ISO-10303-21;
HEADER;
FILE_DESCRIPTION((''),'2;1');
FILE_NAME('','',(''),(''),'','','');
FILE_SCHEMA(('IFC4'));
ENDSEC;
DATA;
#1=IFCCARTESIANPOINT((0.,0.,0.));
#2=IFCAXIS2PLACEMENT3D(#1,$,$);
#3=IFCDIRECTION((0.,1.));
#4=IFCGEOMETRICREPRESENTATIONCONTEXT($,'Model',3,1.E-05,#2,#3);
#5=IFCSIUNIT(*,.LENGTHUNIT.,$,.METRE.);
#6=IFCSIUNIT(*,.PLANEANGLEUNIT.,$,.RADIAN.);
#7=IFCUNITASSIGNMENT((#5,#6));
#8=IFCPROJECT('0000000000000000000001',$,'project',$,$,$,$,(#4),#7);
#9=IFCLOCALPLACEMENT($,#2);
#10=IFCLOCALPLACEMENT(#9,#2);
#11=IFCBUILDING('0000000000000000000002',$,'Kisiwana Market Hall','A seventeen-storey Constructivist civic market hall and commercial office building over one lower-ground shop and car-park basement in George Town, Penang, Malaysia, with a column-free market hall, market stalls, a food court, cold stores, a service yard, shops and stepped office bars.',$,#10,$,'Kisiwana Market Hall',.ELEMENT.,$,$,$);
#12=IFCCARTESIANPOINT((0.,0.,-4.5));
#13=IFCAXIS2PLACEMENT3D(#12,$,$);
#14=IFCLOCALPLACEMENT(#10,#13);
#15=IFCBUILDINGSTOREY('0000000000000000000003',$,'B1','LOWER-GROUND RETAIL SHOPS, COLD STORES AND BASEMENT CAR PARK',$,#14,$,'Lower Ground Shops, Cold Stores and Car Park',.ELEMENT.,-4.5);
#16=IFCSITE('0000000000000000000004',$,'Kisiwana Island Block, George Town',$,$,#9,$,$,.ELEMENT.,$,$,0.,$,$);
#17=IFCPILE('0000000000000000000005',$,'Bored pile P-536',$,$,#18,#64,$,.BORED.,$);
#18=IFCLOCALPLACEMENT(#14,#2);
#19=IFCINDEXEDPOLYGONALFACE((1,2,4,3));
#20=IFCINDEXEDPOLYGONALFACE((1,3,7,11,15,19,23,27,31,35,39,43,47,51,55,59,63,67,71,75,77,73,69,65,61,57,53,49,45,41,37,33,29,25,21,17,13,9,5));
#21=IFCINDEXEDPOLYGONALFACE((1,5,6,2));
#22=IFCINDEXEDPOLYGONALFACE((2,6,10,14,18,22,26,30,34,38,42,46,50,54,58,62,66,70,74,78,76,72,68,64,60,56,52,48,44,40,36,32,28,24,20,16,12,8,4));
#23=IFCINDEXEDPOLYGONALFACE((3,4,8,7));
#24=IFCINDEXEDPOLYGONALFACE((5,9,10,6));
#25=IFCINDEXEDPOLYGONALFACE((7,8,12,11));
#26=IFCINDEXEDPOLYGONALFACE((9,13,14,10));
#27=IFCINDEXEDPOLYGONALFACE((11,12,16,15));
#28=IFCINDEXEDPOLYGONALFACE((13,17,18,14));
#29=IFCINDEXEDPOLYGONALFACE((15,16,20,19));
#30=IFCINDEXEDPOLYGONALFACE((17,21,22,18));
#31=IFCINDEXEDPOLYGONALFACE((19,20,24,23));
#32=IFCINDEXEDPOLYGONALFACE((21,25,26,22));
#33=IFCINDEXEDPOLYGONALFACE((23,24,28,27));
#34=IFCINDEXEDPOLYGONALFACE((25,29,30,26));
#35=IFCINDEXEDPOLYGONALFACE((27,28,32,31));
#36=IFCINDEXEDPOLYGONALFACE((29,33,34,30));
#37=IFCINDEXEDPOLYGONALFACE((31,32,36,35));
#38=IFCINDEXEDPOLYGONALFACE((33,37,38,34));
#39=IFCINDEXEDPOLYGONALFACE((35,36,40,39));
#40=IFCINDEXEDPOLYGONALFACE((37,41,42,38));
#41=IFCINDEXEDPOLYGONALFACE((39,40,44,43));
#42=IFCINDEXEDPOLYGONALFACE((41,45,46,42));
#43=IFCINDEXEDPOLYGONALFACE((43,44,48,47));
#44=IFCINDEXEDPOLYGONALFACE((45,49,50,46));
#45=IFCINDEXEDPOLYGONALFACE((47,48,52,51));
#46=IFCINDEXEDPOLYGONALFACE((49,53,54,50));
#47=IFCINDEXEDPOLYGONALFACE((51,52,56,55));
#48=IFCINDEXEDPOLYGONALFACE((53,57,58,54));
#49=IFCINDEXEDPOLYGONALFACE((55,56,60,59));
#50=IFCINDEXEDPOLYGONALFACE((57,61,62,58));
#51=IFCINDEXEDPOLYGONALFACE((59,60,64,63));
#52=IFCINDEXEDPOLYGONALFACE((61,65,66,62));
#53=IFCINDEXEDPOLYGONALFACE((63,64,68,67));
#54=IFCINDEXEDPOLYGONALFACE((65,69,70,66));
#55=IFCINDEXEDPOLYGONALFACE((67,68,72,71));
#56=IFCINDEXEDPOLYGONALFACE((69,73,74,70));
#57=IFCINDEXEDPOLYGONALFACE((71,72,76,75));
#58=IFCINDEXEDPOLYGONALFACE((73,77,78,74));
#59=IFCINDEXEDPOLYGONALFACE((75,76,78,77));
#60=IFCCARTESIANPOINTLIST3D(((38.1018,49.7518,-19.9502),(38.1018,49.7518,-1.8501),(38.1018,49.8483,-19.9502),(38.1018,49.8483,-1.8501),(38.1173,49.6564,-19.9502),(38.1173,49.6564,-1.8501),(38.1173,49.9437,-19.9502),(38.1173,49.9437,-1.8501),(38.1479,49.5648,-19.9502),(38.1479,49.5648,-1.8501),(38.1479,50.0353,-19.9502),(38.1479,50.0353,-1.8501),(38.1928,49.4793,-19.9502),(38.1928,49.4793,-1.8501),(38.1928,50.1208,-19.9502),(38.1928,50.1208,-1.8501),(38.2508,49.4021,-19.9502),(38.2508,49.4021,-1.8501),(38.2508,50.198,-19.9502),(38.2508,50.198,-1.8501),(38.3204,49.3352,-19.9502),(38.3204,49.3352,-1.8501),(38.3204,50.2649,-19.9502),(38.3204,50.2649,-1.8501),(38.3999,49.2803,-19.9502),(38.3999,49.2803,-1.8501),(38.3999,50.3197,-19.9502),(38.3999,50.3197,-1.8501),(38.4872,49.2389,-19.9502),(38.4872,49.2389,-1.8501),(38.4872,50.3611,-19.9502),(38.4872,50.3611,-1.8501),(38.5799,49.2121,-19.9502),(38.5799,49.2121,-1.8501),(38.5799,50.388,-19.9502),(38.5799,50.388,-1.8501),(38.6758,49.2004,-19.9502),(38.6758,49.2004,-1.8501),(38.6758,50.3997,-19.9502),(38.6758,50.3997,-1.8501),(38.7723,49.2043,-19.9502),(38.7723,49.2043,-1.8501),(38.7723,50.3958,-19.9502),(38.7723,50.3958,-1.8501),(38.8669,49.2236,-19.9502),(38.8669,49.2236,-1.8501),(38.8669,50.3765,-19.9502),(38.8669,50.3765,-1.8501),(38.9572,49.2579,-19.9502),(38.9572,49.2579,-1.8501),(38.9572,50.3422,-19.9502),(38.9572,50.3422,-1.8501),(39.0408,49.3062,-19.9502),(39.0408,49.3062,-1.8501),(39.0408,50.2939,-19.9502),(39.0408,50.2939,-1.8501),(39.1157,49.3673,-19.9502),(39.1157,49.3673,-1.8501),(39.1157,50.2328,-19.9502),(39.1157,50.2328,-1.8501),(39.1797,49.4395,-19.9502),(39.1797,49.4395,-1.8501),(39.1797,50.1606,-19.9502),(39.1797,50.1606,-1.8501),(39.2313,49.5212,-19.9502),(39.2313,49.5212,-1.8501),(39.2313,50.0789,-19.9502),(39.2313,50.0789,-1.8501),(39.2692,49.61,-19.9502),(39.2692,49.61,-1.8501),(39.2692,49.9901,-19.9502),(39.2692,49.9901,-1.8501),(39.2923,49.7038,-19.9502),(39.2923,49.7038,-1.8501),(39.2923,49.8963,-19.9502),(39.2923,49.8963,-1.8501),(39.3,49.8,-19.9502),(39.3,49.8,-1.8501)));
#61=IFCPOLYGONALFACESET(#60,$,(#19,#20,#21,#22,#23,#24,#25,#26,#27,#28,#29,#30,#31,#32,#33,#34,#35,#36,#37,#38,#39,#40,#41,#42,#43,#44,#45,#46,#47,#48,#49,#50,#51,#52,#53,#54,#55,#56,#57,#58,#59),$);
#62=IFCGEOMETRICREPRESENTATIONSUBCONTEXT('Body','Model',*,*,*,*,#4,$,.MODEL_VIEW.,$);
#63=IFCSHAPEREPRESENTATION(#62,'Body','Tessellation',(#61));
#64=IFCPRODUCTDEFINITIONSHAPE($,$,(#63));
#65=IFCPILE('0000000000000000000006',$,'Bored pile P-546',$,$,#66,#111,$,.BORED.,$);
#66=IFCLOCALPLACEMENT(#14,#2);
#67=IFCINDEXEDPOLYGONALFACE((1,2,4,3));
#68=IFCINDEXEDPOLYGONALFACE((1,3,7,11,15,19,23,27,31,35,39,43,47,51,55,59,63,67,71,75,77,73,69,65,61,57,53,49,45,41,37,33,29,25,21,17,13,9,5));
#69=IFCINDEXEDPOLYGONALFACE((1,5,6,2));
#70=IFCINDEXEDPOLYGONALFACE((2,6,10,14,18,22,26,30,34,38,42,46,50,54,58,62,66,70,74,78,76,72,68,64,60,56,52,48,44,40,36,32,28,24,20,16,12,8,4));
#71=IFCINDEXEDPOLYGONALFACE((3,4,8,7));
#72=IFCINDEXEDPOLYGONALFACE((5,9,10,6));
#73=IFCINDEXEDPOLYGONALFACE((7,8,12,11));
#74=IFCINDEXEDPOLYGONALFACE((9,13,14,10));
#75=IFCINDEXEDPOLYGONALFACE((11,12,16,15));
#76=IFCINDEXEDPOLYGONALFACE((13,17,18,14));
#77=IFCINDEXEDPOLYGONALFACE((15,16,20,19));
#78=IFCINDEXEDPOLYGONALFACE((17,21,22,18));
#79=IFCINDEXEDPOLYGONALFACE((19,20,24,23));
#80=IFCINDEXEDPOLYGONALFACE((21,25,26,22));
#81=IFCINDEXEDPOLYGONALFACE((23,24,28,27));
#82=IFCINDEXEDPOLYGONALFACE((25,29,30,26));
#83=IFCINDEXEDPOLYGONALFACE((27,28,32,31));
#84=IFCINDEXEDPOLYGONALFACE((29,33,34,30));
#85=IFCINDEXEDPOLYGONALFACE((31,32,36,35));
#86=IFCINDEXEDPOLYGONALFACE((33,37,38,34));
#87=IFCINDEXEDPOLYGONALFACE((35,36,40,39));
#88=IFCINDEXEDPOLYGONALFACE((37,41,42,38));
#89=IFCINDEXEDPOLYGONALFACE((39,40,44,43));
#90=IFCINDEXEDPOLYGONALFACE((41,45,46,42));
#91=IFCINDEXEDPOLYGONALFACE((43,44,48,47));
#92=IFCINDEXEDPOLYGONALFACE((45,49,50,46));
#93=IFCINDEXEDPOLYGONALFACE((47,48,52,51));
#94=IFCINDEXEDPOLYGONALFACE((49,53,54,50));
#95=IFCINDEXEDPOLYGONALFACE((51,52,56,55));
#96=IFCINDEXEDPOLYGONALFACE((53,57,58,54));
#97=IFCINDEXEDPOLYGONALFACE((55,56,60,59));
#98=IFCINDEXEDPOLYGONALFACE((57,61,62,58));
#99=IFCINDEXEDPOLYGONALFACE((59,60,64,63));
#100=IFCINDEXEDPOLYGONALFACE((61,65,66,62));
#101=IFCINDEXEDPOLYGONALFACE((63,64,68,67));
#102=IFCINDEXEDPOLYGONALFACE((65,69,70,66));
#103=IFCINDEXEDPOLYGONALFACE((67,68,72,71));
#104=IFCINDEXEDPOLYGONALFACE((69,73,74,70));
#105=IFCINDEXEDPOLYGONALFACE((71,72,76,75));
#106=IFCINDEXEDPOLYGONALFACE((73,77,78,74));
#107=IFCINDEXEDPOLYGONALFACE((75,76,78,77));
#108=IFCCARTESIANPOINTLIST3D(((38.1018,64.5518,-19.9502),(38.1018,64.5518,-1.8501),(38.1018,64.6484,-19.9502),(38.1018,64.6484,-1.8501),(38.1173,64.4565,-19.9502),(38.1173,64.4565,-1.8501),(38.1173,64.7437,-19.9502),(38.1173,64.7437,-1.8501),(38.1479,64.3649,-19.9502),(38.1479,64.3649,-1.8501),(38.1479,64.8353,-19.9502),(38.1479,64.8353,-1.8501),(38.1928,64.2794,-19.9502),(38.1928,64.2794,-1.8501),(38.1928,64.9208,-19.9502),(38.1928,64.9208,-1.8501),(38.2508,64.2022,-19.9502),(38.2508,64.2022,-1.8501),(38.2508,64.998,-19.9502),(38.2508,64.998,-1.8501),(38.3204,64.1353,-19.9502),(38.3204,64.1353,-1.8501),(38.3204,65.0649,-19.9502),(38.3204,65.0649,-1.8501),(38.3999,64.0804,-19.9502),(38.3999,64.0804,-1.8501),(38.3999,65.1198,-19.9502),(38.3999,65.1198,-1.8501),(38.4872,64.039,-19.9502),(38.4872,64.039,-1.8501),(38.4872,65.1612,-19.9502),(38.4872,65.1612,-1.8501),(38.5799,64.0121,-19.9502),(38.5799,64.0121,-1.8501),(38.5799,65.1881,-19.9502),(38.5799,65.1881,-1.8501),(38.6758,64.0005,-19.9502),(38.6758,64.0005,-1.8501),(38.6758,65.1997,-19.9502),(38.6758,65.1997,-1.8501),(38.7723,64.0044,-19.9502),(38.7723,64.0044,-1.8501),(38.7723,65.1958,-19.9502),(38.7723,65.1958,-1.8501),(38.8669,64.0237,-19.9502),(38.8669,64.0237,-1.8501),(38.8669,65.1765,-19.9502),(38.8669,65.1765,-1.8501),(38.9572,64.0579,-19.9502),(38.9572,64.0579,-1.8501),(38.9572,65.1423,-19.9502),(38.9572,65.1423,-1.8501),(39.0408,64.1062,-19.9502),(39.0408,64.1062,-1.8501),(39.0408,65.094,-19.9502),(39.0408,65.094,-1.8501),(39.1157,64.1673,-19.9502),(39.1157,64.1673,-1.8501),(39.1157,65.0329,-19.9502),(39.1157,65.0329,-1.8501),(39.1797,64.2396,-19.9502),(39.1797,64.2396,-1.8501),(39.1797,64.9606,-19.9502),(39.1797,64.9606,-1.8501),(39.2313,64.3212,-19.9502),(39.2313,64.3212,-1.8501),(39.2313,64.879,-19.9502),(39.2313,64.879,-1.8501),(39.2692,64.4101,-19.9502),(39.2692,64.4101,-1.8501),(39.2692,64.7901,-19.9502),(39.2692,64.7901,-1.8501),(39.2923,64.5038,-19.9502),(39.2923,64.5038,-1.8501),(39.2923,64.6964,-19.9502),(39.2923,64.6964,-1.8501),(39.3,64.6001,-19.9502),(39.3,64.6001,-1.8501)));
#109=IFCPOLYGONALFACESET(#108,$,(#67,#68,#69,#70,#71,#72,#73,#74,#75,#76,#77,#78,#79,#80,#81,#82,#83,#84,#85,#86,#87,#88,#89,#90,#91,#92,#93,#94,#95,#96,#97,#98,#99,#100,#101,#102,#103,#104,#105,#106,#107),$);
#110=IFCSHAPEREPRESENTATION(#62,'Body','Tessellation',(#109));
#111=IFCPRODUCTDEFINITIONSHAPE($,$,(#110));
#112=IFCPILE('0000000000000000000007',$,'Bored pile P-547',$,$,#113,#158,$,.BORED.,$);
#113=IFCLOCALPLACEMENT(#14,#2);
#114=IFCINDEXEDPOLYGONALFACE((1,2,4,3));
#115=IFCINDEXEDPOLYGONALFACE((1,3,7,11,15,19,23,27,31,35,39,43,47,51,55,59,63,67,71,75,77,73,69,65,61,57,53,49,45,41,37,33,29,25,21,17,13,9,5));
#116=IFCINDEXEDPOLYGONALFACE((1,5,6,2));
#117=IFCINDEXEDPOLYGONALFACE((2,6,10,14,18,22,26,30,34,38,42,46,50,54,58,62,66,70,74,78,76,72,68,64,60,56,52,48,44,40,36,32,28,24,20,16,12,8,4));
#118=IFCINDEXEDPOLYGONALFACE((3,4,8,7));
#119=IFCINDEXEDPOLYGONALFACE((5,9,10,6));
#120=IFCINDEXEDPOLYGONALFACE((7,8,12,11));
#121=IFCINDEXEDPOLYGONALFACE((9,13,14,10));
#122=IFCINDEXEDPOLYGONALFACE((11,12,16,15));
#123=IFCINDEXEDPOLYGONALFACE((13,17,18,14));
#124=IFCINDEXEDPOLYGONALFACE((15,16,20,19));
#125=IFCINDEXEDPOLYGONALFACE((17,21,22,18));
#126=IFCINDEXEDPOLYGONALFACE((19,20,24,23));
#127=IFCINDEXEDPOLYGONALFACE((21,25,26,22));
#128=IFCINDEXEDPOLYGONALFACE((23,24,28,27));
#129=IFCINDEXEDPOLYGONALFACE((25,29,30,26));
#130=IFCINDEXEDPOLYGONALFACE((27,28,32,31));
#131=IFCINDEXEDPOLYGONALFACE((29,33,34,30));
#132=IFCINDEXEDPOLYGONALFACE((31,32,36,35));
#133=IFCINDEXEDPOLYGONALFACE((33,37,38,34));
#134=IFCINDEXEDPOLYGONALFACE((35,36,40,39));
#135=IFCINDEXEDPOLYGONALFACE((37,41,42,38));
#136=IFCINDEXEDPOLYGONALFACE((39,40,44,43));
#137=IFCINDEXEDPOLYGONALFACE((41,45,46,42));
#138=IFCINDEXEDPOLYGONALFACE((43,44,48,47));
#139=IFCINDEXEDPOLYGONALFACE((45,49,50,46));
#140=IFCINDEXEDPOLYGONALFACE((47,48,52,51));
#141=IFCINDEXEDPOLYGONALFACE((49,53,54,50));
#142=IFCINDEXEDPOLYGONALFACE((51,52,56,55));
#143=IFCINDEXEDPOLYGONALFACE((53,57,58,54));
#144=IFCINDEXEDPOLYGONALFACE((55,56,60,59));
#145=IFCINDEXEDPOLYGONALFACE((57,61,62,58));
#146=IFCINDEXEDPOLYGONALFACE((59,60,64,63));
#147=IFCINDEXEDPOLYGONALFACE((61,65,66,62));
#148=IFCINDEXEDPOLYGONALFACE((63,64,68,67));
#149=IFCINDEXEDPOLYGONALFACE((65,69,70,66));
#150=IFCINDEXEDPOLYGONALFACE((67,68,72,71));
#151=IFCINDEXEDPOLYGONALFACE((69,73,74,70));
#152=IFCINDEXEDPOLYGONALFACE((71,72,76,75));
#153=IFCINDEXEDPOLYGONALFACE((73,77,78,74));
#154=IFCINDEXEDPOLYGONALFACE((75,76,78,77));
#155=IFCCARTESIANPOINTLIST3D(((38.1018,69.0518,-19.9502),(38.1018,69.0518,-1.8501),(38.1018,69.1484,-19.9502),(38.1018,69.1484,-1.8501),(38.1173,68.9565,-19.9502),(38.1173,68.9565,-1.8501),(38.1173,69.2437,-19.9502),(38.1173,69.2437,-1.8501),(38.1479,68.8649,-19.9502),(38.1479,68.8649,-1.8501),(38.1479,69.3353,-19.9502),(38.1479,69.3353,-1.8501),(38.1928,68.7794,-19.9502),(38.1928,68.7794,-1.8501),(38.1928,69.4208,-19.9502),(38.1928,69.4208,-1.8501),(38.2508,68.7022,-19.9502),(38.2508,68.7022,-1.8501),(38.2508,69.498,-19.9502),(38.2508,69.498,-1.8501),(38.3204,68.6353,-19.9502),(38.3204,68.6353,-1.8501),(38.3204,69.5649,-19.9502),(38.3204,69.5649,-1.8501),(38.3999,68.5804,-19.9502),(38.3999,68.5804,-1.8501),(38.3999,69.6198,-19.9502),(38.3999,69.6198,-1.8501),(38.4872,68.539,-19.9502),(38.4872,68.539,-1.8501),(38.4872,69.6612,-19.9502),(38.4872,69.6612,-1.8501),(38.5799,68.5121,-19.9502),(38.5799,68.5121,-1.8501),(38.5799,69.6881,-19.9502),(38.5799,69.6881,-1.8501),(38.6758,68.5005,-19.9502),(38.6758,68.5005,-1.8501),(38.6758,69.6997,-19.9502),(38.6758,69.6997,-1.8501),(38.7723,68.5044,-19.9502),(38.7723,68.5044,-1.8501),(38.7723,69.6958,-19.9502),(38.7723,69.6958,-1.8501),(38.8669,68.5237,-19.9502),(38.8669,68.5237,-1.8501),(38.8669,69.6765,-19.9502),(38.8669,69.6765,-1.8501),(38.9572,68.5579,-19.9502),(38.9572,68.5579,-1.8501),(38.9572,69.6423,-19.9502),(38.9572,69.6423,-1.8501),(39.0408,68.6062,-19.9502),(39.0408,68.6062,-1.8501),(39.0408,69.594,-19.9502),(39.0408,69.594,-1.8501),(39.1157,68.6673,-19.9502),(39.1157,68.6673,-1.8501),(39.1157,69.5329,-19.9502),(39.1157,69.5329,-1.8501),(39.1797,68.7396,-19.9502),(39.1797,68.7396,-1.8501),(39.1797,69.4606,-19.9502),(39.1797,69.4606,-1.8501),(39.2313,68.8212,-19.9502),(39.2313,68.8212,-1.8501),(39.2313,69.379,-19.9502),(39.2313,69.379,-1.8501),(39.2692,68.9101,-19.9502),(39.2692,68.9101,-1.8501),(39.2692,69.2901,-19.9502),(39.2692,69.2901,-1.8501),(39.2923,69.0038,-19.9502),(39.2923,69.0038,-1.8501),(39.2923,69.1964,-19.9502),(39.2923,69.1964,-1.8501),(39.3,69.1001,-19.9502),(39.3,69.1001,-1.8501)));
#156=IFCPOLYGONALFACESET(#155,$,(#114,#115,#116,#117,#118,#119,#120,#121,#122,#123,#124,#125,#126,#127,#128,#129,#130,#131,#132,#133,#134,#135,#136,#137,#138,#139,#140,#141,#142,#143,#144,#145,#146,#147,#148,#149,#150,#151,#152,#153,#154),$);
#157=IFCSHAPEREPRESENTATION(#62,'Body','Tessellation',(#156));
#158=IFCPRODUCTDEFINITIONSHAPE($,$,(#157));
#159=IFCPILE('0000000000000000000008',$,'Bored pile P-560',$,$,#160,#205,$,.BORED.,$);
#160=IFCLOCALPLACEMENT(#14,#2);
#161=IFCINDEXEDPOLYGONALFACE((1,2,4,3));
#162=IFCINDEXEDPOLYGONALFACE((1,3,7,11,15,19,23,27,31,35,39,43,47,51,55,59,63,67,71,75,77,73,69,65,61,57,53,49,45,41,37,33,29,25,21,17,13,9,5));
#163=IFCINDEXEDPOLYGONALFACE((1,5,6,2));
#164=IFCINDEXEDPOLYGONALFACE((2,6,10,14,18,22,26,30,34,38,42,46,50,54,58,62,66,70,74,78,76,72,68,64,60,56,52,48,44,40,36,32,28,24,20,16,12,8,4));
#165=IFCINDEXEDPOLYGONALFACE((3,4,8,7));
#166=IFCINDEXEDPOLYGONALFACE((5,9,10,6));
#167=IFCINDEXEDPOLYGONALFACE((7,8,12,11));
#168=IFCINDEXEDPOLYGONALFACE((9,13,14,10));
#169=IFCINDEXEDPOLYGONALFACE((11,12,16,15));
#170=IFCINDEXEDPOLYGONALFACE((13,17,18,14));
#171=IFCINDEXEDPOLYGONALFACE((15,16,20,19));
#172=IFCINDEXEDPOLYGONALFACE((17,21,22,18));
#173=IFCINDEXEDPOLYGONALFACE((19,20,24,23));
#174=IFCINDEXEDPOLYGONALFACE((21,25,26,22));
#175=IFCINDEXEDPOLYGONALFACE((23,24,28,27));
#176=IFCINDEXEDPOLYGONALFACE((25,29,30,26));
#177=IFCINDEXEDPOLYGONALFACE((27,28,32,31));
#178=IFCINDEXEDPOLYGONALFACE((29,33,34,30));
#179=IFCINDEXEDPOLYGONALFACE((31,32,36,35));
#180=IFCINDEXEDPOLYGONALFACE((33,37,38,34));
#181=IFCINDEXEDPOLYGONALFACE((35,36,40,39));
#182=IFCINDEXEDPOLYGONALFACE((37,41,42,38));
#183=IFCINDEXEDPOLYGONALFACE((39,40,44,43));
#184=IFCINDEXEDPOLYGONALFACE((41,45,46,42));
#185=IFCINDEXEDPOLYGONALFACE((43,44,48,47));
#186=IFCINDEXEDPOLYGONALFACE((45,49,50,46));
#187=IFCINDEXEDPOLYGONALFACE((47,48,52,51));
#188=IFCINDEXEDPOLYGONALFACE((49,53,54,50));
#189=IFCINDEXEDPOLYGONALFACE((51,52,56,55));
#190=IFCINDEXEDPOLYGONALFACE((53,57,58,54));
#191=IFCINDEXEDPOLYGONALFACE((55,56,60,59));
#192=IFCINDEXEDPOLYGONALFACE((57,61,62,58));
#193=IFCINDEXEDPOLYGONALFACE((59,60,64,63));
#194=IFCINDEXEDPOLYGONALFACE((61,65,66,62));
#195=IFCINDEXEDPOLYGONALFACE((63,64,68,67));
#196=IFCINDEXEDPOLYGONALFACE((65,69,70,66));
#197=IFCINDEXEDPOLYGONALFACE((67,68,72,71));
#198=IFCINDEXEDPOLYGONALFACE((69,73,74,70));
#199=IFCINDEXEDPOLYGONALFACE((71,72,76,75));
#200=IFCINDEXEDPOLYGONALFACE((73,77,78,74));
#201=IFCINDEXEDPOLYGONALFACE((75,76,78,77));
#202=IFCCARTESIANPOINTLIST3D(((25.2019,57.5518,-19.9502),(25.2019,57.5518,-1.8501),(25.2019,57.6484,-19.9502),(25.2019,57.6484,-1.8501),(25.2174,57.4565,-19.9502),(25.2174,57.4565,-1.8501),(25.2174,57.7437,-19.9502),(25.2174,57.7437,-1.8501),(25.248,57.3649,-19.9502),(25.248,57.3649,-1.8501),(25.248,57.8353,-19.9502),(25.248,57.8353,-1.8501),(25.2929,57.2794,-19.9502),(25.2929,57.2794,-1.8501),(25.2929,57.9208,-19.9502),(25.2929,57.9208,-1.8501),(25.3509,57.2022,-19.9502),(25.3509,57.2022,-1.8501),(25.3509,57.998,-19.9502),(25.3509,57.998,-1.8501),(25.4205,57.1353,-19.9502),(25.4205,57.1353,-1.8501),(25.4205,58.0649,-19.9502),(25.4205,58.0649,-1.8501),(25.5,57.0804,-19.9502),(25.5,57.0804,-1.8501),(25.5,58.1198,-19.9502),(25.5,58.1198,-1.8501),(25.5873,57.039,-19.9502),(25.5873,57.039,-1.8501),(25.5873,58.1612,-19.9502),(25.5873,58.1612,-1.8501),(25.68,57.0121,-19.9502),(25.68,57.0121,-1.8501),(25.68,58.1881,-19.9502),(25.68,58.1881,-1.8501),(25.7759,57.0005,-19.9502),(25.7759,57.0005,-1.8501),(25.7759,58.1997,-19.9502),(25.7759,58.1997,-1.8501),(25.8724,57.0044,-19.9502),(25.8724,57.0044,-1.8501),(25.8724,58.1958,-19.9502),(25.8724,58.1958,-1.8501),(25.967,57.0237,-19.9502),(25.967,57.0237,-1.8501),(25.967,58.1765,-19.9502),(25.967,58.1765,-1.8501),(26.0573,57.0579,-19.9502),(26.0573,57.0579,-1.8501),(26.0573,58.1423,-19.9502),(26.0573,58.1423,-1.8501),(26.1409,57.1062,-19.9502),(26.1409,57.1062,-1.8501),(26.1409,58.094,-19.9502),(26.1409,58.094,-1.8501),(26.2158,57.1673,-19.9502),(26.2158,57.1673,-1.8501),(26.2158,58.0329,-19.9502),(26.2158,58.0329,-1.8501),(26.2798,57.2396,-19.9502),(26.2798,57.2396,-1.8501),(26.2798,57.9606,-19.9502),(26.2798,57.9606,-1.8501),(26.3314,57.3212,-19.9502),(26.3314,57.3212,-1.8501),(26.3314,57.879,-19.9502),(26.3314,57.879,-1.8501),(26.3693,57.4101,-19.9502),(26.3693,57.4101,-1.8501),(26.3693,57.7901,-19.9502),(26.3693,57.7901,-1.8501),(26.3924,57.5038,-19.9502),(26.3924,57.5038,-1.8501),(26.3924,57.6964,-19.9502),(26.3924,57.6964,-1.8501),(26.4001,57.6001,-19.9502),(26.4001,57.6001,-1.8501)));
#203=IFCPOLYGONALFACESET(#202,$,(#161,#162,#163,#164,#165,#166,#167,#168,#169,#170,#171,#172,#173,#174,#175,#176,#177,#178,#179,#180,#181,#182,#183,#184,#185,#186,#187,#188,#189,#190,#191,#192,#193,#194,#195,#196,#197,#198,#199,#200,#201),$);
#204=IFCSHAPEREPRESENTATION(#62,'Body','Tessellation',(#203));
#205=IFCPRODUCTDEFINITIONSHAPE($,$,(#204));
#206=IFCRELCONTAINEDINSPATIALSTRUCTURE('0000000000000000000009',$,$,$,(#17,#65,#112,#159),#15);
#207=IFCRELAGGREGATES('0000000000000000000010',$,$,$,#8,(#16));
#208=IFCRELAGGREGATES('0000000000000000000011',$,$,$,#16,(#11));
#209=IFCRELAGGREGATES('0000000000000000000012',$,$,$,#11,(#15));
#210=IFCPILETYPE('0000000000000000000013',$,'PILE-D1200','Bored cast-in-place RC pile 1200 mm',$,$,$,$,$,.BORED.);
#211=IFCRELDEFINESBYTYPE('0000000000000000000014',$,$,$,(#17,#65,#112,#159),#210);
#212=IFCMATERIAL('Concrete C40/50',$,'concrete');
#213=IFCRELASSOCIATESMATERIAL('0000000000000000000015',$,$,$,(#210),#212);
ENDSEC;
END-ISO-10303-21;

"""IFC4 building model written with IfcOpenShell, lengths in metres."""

from ifc_helpers import new_model, si_unit, direction, frame, origin, origin_2d, place, context, subcontext, project, spatial, circle, extrude, material, material_profile, profile_set, type_object, element, save


model = new_model("IFC4")

# Units and contexts
model_context = context("Model", 3, precision=1e-05, world=origin(), true_north=direction((0.0, 1.0)))
body_context = subcontext(model_context, "Body", "Model", "MODEL_VIEW")
ifc_project = project(units=[si_unit("LENGTHUNIT", "METRE"), si_unit("PLANEANGLEUNIT", "RADIAN")], contexts=[model_context])

# Site, building, storey
site_placement = place(None, origin())
site = spatial("IfcSite", under=ifc_project, at=site_placement, Name="Kisiwana Island Block, George Town", CompositionType="ELEMENT", RefElevation=0.0)
building_placement = place(site_placement, origin())
building = spatial("IfcBuilding", under=site, at=building_placement, Name="Kisiwana Market Hall", Description="A seventeen-storey Constructivist civic market hall and commercial office building over one lower-ground shop and car-park basement in George Town, Penang, Malaysia, with a column-free market hall, market stalls, a food court, cold stores, a service yard, shops and stepped office bars.", LongName="Kisiwana Market Hall", CompositionType="ELEMENT")
storey_placement = place(building_placement, frame((0.0, 0.0, -4.5)))
storey = spatial("IfcBuildingStorey", under=building, at=storey_placement, Name="B1", Description="LOWER-GROUND RETAIL SHOPS, COLD STORES AND BASEMENT CAR PARK", LongName="Lower Ground Shops, Cold Stores and Car Park", CompositionType="ELEMENT", Elevation=-4.5)

# Piles
ifc_material_1 = material(Name="Concrete C40/50", Category="concrete")
ifc_material_profile_1 = material_profile(ifc_material_1, circle(Radius=0.6001, at=origin_2d()), Name="BP D1200")
ifc_profile_set_1 = profile_set([ifc_material_profile_1], Name="Concrete C40/50")
pile_type_1 = type_object("IfcPileType", Name="PILE-D1200", Description="Bored cast-in-place RC pile 1200 mm", PredefinedType="BORED", material=ifc_profile_set_1)
for number, where, z_axis, x_axis, name in (
    (1, (38.7, 49.8, -1.8501), (0.0, 0.0, -1.0), (1.0, 0.0, 0.0), "Bored pile P-536"),
    (2, (38.7, 64.6001, -1.8501), (0.0, 0.0, -1.0), (1.0, 0.0, 0.0), "Bored pile P-546"),
    (3, (38.7, 69.1001, -1.8501), (0.0, 0.0, -1.0), (1.0, 0.0, 0.0), "Bored pile P-547"),
    (4, (25.8, 57.6001, -1.8501), (0.0, 0.0, -1.0), (1.0, 0.0, 0.0), "Bored pile P-560"),
):
    element("IfcPile", number, at=place(storey_placement, frame(where, z_axis=z_axis, x_axis=x_axis)), inside=storey, type_object=pile_type_1, Name=name, PredefinedType="BORED", context=body_context, shape_type="SweptSolid", body=[
        extrude(circle(Radius=0.6001, at=origin_2d()), origin(), (0.0, 0.0, 1.0), 18.1001),
    ])

save(model, "model.ifc")
